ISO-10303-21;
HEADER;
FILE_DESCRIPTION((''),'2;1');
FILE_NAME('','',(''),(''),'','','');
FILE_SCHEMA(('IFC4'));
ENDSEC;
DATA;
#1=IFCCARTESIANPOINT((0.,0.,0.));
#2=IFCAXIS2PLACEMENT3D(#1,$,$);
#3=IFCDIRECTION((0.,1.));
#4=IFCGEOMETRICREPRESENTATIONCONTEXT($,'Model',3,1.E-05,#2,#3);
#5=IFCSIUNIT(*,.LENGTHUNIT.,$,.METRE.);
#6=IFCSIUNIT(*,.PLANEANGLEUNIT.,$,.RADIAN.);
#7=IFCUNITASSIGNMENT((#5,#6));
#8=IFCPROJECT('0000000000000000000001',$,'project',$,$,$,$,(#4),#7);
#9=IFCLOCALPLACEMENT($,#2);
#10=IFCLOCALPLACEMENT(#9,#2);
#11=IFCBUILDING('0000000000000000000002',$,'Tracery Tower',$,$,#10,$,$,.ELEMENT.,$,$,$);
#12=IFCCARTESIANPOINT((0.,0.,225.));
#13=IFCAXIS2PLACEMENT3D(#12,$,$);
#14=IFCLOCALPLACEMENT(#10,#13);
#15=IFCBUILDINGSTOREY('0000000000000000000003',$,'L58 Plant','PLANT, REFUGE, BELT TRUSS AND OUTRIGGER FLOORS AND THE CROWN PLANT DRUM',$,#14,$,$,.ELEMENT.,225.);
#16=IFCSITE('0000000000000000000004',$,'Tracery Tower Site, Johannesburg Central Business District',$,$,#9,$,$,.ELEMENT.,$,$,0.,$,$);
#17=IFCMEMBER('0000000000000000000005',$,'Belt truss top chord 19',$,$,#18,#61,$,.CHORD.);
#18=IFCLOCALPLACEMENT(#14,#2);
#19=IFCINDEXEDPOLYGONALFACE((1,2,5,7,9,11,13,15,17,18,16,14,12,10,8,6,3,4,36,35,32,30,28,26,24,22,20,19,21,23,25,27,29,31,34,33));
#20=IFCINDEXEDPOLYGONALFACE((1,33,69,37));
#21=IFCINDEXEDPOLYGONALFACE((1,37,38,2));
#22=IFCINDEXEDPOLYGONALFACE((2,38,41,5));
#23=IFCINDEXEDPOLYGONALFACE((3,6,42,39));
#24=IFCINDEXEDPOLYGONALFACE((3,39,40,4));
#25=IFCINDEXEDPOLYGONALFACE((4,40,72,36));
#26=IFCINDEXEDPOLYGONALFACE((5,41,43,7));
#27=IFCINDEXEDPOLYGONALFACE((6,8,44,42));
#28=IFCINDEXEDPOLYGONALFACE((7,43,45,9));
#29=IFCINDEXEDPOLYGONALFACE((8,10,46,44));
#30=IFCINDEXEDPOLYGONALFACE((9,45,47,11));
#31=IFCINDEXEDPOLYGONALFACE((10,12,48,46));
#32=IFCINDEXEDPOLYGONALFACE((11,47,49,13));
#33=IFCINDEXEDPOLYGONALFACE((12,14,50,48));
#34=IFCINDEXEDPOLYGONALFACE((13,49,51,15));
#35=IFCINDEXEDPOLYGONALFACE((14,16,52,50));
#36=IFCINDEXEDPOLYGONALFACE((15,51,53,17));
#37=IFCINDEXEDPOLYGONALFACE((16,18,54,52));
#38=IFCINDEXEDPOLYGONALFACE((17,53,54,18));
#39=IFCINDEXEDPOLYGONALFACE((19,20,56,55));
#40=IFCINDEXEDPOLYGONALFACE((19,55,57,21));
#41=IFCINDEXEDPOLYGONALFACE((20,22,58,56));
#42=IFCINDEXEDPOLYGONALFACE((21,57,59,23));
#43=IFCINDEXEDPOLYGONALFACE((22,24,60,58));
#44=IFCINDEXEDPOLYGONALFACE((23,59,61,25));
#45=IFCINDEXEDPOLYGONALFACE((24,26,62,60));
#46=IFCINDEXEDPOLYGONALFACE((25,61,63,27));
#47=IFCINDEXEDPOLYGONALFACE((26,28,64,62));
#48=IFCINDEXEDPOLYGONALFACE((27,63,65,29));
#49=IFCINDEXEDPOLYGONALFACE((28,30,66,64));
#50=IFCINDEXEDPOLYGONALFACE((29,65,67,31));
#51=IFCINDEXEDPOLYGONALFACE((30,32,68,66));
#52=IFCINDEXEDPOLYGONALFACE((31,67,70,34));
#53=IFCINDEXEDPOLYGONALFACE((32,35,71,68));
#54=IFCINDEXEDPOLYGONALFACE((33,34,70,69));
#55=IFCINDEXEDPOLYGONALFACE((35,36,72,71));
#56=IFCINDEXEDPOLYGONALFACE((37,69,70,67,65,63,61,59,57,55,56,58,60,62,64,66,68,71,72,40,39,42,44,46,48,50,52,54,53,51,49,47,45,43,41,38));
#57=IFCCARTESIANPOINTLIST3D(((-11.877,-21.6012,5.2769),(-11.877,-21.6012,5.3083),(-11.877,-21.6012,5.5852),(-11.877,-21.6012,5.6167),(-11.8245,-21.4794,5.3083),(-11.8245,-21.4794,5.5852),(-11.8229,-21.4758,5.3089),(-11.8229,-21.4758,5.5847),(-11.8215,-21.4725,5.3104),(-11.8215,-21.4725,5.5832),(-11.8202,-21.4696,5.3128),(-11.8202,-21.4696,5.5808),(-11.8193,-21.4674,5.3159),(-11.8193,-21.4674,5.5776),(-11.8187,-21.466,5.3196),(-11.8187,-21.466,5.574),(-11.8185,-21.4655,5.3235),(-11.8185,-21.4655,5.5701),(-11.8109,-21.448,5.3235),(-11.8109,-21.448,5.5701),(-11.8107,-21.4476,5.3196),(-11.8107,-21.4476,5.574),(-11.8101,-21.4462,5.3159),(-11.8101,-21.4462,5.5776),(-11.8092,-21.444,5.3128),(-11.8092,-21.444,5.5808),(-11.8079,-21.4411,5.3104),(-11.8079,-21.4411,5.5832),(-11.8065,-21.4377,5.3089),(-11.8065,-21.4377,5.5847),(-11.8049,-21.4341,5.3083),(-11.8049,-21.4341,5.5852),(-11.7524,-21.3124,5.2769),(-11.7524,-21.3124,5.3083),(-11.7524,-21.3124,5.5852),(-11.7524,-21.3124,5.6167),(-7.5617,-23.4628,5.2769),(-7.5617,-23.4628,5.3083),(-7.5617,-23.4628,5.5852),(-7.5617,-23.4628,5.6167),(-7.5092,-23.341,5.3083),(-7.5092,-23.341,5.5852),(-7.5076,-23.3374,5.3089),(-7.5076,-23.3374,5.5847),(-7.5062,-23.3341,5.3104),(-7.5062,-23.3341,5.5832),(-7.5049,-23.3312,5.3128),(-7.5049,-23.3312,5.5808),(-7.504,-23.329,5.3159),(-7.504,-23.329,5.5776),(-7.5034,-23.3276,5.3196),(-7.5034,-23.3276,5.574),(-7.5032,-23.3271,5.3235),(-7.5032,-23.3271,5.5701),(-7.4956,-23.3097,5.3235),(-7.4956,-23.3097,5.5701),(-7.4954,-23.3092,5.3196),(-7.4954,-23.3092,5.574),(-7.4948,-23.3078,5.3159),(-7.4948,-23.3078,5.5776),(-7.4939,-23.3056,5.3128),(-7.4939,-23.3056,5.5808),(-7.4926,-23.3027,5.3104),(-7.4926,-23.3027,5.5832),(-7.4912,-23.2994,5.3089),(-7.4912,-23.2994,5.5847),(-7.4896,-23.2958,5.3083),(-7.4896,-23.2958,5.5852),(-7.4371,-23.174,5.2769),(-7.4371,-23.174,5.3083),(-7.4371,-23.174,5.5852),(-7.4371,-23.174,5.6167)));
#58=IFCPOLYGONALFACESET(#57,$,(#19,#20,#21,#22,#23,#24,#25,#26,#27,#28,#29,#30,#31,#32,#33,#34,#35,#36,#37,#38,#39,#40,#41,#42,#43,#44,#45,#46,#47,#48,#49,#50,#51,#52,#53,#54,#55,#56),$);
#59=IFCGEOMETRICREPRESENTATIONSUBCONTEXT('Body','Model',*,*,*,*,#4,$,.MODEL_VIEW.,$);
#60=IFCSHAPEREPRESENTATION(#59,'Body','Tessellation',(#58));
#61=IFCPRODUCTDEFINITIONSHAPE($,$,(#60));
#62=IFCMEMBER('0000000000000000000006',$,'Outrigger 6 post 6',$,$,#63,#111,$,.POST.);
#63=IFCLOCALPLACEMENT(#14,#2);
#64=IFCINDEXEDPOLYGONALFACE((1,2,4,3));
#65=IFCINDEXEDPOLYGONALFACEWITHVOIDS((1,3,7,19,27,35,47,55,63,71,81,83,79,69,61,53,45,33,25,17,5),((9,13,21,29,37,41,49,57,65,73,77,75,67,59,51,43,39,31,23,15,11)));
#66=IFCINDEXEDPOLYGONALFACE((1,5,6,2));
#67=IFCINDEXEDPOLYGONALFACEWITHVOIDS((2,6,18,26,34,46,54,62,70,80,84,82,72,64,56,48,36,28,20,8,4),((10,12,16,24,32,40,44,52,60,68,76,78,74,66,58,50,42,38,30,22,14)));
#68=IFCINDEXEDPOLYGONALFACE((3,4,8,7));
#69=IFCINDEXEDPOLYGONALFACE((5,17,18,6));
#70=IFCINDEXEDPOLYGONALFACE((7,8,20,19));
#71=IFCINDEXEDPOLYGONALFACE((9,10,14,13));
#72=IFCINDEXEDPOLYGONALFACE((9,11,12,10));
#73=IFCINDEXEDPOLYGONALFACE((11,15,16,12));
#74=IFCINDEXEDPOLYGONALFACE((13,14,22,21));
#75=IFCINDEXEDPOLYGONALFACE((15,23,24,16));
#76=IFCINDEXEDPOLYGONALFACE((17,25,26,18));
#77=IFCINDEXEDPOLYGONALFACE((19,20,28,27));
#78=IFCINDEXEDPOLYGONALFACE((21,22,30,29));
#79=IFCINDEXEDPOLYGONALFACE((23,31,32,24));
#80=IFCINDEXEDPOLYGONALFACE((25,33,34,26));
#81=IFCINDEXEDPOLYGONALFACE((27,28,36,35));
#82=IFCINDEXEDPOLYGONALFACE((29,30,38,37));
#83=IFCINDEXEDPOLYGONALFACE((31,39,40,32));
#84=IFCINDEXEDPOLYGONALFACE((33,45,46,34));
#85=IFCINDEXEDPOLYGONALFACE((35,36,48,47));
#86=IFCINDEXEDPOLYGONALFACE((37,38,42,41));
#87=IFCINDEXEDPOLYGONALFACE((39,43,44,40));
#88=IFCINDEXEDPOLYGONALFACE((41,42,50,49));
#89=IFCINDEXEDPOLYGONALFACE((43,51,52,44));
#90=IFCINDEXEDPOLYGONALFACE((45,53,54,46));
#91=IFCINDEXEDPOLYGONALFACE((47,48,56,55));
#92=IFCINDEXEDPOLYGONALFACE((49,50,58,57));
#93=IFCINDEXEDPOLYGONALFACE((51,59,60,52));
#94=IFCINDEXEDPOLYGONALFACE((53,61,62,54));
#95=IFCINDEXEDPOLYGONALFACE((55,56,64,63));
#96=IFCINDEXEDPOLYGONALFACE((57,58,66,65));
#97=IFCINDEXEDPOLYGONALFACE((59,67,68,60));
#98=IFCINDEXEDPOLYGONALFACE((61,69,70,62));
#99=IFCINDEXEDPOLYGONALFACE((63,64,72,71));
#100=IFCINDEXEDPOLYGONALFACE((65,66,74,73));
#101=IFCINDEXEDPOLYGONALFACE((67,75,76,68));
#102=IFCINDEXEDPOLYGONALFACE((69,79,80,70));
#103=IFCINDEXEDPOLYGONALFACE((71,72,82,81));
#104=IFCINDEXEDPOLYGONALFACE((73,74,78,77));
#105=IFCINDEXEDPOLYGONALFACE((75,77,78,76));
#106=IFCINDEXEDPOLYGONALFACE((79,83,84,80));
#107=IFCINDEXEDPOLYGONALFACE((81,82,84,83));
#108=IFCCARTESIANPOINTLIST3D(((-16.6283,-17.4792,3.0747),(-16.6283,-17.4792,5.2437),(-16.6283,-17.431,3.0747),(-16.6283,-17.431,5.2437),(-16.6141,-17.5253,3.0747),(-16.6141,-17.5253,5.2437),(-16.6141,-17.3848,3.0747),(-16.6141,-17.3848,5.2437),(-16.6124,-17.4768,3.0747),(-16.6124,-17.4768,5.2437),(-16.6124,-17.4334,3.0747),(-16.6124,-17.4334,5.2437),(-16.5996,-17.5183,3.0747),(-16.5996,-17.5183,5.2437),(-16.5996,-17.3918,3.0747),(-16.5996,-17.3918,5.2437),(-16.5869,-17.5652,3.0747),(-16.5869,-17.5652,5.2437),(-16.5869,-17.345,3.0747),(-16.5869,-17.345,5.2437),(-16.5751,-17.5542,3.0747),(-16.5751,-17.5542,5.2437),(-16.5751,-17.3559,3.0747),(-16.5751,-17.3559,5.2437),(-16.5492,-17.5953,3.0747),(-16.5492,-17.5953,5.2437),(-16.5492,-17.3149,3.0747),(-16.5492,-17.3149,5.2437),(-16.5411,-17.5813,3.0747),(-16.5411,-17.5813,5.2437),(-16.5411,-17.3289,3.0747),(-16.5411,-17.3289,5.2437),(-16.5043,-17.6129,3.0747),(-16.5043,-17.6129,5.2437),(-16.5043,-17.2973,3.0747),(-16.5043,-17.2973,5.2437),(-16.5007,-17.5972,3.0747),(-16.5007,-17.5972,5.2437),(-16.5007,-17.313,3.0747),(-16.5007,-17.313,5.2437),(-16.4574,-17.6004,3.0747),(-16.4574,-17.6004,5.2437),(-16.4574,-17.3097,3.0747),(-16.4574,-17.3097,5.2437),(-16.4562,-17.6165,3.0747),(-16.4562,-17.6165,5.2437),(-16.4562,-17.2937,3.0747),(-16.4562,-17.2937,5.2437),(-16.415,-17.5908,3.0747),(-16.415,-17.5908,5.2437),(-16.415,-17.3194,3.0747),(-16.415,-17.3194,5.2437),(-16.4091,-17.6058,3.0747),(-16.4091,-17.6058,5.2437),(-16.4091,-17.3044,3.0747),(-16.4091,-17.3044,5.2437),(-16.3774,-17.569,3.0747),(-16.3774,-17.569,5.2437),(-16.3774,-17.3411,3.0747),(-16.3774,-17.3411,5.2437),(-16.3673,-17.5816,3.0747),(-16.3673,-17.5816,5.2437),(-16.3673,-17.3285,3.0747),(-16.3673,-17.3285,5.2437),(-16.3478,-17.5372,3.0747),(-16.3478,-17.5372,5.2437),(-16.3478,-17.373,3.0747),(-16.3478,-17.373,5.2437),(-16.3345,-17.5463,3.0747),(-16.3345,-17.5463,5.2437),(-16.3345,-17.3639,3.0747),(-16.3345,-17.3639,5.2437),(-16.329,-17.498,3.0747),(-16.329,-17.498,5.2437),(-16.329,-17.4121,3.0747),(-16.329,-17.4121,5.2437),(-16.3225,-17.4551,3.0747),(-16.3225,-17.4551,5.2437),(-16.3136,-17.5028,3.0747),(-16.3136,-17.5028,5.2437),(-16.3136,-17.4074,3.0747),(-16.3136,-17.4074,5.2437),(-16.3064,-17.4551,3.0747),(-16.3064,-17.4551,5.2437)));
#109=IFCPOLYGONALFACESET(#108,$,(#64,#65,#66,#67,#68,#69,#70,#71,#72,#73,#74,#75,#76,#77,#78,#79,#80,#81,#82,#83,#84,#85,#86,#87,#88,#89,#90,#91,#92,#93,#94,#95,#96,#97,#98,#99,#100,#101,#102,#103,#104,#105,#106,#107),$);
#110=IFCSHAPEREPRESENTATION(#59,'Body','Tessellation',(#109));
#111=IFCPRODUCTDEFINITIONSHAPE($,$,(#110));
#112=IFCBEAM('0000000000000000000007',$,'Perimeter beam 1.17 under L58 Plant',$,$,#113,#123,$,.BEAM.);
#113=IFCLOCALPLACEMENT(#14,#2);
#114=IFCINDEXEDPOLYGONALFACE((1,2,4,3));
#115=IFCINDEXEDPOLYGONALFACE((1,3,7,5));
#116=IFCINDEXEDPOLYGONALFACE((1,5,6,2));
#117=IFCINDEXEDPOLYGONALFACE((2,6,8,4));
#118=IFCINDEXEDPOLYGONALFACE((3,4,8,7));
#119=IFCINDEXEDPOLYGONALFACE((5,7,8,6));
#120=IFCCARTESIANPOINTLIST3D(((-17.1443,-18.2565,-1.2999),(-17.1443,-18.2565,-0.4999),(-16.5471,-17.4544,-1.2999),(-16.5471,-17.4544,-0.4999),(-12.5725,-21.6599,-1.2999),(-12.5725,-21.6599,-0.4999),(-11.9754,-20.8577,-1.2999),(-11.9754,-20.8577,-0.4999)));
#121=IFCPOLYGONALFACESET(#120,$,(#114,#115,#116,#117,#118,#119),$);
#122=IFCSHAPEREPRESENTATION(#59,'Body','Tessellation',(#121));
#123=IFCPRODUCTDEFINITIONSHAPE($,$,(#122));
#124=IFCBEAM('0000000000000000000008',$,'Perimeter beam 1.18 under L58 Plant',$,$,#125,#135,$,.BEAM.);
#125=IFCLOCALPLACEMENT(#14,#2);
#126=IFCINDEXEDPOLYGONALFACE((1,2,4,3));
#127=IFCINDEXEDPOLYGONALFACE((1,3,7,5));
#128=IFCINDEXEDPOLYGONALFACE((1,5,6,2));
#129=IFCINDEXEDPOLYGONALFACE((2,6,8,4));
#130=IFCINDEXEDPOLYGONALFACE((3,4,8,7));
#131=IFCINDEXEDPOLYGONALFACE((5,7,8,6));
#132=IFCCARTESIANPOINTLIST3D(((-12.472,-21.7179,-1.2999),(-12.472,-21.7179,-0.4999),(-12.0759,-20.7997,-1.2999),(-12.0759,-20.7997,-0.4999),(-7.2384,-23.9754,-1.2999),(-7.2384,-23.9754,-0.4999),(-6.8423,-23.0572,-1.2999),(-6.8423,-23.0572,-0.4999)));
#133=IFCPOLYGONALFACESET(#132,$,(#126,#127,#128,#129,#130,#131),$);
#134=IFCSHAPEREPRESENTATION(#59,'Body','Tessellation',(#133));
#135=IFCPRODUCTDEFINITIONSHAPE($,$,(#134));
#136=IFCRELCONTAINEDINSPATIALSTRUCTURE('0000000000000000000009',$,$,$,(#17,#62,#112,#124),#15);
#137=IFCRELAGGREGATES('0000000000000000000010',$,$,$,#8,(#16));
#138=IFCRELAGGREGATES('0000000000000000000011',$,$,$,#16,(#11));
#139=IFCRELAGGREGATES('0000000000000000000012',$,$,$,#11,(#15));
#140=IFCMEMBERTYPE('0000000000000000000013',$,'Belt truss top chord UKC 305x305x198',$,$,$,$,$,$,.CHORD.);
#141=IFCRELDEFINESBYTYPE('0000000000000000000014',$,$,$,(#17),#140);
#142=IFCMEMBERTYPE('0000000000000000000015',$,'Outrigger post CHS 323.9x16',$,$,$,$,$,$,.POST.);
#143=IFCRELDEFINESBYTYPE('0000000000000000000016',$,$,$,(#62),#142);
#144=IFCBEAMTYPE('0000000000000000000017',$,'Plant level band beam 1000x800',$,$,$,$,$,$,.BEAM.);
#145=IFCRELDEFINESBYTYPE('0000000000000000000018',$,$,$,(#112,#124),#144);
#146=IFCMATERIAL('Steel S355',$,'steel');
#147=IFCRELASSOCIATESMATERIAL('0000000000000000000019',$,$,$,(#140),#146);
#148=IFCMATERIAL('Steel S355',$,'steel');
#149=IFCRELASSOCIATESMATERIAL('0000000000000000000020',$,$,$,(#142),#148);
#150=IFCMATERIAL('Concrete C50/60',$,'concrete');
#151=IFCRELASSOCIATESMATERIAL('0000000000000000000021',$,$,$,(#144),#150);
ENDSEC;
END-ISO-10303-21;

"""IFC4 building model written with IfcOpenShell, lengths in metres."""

from ifc_helpers import new_model, si_unit, direction, frame, origin, origin_2d, place, context, subcontext, project, spatial, rectangle, hollow_circle, i_section, extrude, material, material_profile, profile_set, type_object, element, save


model = new_model("IFC4")

# Units and contexts
model_context = context("Model", 3, precision=1e-05, world=origin(), true_north=direction((0.0, 1.0)))
body_context = subcontext(model_context, "Body", "Model", "MODEL_VIEW")
ifc_project = project(units=[si_unit("LENGTHUNIT", "METRE"), si_unit("PLANEANGLEUNIT", "RADIAN")], contexts=[model_context])

# Site, building, storey
site_placement = place(None, origin())
site = spatial("IfcSite", under=ifc_project, at=site_placement, Name="Tracery Tower Site, Johannesburg Central Business District", CompositionType="ELEMENT", RefElevation=0.0)
building_placement = place(site_placement, origin())
building = spatial("IfcBuilding", under=site, at=building_placement, Name="Tracery Tower", CompositionType="ELEMENT")
storey_placement = place(building_placement, frame((0.0, 0.0, 225.0)))
storey = spatial("IfcBuildingStorey", under=building, at=storey_placement, Name="L58 Plant", Description="PLANT, REFUGE, BELT TRUSS AND OUTRIGGER FLOORS AND THE CROWN PLANT DRUM", CompositionType="ELEMENT", Elevation=225.0)

# Members
ifc_material_1 = material(Name="Steel S355", Category="steel")
ifc_material_profile_1 = material_profile(ifc_material_1, i_section(OverallWidth=0.3145, OverallDepth=0.3398, WebThickness=0.019, FlangeThickness=0.0315, FilletRadius=0.0151, at=origin_2d()), Name="UKC 305x305x198")
ifc_profile_set_1 = profile_set([ifc_material_profile_1], Name="Steel S355")
member_type_1 = type_object("IfcMemberType", Name="Belt truss top chord UKC 305x305x198", PredefinedType="CHORD", material=ifc_profile_set_1)
member_1_placement = place(storey_placement, frame((-11.8147, -21.4568, 5.4468), z_axis=(0.918202, -0.396113, 0.0), x_axis=(0.396113, 0.918202, 0.0)))
element("IfcMember", 1, at=member_1_placement, inside=storey, type_object=member_type_1, Name="Belt truss top chord 19", PredefinedType="CHORD", context=body_context, shape_type="SweptSolid", body=[
    extrude(i_section(OverallWidth=0.3145, OverallDepth=0.3398, WebThickness=0.019, FlangeThickness=0.0315, FilletRadius=0.0151, at=origin_2d()), origin(), (0.0, 0.0, 1.0), 4.6997),
])
ifc_material_2 = material(Name="Steel S355", Category="steel")
ifc_material_profile_2 = material_profile(ifc_material_2, hollow_circle(Radius=0.1619, WallThickness=0.0161, at=origin_2d()), Name="CHS 323.9x16")
ifc_profile_set_2 = profile_set([ifc_material_profile_2], Name="Steel S355")
member_type_2 = type_object("IfcMemberType", Name="Outrigger post CHS 323.9x16", PredefinedType="POST", material=ifc_profile_set_2)
member_2_placement = place(storey_placement, frame((-16.4683, -17.4551, 3.0747), z_axis=(0.0, 0.0, 1.0), x_axis=(1.0, 0.0, 0.0)))
element("IfcMember", 2, at=member_2_placement, inside=storey, type_object=member_type_2, Name="Outrigger 6 post 6", PredefinedType="POST", context=body_context, shape_type="SweptSolid", body=[
    extrude(hollow_circle(Radius=0.1619, WallThickness=0.0161, at=origin_2d()), origin(), (0.0, 0.0, 1.0), 2.1689),
])

# Beams
ifc_material_3 = material(Name="Concrete C50/60", Category="concrete")
ifc_material_profile_3 = material_profile(ifc_material_3, rectangle(XDim=1.0, YDim=0.8, at=origin_2d()), Name="RC 1000x800")
ifc_profile_set_3 = profile_set([ifc_material_profile_3], Name="Concrete C50/60")
beam_type = type_object("IfcBeamType", Name="Plant level band beam 1000x800", PredefinedType="BEAM", material=ifc_profile_set_3)
beam_1_placement = place(storey_placement, frame((-16.8457, -17.8555, -0.8999), z_axis=(0.802144, -0.597131, 0.0), x_axis=(0.597131, 0.802144, 0.0)))
element("IfcBeam", 3, at=beam_1_placement, inside=storey, type_object=beam_type, Name="Perimeter beam 1.17 under L58 Plant", PredefinedType="BEAM", context=body_context, shape_type="SweptSolid", body=[
    extrude(rectangle(XDim=1.0, YDim=0.8, at=origin_2d()), origin(), (0.0, 0.0, 1.0), 5.6995),
])
beam_2_placement = place(storey_placement, frame((-12.2739, -21.2588, -0.8999), z_axis=(0.918216, -0.396079, 0.0), x_axis=(0.396079, 0.918216, 0.0)))
element("IfcBeam", 4, at=beam_2_placement, inside=storey, type_object=beam_type, Name="Perimeter beam 1.18 under L58 Plant", PredefinedType="BEAM", context=body_context, shape_type="SweptSolid", body=[
    extrude(rectangle(XDim=1.0, YDim=0.8, at=origin_2d()), origin(), (0.0, 0.0, 1.0), 5.6997),
])

save(model, "model.ifc")
